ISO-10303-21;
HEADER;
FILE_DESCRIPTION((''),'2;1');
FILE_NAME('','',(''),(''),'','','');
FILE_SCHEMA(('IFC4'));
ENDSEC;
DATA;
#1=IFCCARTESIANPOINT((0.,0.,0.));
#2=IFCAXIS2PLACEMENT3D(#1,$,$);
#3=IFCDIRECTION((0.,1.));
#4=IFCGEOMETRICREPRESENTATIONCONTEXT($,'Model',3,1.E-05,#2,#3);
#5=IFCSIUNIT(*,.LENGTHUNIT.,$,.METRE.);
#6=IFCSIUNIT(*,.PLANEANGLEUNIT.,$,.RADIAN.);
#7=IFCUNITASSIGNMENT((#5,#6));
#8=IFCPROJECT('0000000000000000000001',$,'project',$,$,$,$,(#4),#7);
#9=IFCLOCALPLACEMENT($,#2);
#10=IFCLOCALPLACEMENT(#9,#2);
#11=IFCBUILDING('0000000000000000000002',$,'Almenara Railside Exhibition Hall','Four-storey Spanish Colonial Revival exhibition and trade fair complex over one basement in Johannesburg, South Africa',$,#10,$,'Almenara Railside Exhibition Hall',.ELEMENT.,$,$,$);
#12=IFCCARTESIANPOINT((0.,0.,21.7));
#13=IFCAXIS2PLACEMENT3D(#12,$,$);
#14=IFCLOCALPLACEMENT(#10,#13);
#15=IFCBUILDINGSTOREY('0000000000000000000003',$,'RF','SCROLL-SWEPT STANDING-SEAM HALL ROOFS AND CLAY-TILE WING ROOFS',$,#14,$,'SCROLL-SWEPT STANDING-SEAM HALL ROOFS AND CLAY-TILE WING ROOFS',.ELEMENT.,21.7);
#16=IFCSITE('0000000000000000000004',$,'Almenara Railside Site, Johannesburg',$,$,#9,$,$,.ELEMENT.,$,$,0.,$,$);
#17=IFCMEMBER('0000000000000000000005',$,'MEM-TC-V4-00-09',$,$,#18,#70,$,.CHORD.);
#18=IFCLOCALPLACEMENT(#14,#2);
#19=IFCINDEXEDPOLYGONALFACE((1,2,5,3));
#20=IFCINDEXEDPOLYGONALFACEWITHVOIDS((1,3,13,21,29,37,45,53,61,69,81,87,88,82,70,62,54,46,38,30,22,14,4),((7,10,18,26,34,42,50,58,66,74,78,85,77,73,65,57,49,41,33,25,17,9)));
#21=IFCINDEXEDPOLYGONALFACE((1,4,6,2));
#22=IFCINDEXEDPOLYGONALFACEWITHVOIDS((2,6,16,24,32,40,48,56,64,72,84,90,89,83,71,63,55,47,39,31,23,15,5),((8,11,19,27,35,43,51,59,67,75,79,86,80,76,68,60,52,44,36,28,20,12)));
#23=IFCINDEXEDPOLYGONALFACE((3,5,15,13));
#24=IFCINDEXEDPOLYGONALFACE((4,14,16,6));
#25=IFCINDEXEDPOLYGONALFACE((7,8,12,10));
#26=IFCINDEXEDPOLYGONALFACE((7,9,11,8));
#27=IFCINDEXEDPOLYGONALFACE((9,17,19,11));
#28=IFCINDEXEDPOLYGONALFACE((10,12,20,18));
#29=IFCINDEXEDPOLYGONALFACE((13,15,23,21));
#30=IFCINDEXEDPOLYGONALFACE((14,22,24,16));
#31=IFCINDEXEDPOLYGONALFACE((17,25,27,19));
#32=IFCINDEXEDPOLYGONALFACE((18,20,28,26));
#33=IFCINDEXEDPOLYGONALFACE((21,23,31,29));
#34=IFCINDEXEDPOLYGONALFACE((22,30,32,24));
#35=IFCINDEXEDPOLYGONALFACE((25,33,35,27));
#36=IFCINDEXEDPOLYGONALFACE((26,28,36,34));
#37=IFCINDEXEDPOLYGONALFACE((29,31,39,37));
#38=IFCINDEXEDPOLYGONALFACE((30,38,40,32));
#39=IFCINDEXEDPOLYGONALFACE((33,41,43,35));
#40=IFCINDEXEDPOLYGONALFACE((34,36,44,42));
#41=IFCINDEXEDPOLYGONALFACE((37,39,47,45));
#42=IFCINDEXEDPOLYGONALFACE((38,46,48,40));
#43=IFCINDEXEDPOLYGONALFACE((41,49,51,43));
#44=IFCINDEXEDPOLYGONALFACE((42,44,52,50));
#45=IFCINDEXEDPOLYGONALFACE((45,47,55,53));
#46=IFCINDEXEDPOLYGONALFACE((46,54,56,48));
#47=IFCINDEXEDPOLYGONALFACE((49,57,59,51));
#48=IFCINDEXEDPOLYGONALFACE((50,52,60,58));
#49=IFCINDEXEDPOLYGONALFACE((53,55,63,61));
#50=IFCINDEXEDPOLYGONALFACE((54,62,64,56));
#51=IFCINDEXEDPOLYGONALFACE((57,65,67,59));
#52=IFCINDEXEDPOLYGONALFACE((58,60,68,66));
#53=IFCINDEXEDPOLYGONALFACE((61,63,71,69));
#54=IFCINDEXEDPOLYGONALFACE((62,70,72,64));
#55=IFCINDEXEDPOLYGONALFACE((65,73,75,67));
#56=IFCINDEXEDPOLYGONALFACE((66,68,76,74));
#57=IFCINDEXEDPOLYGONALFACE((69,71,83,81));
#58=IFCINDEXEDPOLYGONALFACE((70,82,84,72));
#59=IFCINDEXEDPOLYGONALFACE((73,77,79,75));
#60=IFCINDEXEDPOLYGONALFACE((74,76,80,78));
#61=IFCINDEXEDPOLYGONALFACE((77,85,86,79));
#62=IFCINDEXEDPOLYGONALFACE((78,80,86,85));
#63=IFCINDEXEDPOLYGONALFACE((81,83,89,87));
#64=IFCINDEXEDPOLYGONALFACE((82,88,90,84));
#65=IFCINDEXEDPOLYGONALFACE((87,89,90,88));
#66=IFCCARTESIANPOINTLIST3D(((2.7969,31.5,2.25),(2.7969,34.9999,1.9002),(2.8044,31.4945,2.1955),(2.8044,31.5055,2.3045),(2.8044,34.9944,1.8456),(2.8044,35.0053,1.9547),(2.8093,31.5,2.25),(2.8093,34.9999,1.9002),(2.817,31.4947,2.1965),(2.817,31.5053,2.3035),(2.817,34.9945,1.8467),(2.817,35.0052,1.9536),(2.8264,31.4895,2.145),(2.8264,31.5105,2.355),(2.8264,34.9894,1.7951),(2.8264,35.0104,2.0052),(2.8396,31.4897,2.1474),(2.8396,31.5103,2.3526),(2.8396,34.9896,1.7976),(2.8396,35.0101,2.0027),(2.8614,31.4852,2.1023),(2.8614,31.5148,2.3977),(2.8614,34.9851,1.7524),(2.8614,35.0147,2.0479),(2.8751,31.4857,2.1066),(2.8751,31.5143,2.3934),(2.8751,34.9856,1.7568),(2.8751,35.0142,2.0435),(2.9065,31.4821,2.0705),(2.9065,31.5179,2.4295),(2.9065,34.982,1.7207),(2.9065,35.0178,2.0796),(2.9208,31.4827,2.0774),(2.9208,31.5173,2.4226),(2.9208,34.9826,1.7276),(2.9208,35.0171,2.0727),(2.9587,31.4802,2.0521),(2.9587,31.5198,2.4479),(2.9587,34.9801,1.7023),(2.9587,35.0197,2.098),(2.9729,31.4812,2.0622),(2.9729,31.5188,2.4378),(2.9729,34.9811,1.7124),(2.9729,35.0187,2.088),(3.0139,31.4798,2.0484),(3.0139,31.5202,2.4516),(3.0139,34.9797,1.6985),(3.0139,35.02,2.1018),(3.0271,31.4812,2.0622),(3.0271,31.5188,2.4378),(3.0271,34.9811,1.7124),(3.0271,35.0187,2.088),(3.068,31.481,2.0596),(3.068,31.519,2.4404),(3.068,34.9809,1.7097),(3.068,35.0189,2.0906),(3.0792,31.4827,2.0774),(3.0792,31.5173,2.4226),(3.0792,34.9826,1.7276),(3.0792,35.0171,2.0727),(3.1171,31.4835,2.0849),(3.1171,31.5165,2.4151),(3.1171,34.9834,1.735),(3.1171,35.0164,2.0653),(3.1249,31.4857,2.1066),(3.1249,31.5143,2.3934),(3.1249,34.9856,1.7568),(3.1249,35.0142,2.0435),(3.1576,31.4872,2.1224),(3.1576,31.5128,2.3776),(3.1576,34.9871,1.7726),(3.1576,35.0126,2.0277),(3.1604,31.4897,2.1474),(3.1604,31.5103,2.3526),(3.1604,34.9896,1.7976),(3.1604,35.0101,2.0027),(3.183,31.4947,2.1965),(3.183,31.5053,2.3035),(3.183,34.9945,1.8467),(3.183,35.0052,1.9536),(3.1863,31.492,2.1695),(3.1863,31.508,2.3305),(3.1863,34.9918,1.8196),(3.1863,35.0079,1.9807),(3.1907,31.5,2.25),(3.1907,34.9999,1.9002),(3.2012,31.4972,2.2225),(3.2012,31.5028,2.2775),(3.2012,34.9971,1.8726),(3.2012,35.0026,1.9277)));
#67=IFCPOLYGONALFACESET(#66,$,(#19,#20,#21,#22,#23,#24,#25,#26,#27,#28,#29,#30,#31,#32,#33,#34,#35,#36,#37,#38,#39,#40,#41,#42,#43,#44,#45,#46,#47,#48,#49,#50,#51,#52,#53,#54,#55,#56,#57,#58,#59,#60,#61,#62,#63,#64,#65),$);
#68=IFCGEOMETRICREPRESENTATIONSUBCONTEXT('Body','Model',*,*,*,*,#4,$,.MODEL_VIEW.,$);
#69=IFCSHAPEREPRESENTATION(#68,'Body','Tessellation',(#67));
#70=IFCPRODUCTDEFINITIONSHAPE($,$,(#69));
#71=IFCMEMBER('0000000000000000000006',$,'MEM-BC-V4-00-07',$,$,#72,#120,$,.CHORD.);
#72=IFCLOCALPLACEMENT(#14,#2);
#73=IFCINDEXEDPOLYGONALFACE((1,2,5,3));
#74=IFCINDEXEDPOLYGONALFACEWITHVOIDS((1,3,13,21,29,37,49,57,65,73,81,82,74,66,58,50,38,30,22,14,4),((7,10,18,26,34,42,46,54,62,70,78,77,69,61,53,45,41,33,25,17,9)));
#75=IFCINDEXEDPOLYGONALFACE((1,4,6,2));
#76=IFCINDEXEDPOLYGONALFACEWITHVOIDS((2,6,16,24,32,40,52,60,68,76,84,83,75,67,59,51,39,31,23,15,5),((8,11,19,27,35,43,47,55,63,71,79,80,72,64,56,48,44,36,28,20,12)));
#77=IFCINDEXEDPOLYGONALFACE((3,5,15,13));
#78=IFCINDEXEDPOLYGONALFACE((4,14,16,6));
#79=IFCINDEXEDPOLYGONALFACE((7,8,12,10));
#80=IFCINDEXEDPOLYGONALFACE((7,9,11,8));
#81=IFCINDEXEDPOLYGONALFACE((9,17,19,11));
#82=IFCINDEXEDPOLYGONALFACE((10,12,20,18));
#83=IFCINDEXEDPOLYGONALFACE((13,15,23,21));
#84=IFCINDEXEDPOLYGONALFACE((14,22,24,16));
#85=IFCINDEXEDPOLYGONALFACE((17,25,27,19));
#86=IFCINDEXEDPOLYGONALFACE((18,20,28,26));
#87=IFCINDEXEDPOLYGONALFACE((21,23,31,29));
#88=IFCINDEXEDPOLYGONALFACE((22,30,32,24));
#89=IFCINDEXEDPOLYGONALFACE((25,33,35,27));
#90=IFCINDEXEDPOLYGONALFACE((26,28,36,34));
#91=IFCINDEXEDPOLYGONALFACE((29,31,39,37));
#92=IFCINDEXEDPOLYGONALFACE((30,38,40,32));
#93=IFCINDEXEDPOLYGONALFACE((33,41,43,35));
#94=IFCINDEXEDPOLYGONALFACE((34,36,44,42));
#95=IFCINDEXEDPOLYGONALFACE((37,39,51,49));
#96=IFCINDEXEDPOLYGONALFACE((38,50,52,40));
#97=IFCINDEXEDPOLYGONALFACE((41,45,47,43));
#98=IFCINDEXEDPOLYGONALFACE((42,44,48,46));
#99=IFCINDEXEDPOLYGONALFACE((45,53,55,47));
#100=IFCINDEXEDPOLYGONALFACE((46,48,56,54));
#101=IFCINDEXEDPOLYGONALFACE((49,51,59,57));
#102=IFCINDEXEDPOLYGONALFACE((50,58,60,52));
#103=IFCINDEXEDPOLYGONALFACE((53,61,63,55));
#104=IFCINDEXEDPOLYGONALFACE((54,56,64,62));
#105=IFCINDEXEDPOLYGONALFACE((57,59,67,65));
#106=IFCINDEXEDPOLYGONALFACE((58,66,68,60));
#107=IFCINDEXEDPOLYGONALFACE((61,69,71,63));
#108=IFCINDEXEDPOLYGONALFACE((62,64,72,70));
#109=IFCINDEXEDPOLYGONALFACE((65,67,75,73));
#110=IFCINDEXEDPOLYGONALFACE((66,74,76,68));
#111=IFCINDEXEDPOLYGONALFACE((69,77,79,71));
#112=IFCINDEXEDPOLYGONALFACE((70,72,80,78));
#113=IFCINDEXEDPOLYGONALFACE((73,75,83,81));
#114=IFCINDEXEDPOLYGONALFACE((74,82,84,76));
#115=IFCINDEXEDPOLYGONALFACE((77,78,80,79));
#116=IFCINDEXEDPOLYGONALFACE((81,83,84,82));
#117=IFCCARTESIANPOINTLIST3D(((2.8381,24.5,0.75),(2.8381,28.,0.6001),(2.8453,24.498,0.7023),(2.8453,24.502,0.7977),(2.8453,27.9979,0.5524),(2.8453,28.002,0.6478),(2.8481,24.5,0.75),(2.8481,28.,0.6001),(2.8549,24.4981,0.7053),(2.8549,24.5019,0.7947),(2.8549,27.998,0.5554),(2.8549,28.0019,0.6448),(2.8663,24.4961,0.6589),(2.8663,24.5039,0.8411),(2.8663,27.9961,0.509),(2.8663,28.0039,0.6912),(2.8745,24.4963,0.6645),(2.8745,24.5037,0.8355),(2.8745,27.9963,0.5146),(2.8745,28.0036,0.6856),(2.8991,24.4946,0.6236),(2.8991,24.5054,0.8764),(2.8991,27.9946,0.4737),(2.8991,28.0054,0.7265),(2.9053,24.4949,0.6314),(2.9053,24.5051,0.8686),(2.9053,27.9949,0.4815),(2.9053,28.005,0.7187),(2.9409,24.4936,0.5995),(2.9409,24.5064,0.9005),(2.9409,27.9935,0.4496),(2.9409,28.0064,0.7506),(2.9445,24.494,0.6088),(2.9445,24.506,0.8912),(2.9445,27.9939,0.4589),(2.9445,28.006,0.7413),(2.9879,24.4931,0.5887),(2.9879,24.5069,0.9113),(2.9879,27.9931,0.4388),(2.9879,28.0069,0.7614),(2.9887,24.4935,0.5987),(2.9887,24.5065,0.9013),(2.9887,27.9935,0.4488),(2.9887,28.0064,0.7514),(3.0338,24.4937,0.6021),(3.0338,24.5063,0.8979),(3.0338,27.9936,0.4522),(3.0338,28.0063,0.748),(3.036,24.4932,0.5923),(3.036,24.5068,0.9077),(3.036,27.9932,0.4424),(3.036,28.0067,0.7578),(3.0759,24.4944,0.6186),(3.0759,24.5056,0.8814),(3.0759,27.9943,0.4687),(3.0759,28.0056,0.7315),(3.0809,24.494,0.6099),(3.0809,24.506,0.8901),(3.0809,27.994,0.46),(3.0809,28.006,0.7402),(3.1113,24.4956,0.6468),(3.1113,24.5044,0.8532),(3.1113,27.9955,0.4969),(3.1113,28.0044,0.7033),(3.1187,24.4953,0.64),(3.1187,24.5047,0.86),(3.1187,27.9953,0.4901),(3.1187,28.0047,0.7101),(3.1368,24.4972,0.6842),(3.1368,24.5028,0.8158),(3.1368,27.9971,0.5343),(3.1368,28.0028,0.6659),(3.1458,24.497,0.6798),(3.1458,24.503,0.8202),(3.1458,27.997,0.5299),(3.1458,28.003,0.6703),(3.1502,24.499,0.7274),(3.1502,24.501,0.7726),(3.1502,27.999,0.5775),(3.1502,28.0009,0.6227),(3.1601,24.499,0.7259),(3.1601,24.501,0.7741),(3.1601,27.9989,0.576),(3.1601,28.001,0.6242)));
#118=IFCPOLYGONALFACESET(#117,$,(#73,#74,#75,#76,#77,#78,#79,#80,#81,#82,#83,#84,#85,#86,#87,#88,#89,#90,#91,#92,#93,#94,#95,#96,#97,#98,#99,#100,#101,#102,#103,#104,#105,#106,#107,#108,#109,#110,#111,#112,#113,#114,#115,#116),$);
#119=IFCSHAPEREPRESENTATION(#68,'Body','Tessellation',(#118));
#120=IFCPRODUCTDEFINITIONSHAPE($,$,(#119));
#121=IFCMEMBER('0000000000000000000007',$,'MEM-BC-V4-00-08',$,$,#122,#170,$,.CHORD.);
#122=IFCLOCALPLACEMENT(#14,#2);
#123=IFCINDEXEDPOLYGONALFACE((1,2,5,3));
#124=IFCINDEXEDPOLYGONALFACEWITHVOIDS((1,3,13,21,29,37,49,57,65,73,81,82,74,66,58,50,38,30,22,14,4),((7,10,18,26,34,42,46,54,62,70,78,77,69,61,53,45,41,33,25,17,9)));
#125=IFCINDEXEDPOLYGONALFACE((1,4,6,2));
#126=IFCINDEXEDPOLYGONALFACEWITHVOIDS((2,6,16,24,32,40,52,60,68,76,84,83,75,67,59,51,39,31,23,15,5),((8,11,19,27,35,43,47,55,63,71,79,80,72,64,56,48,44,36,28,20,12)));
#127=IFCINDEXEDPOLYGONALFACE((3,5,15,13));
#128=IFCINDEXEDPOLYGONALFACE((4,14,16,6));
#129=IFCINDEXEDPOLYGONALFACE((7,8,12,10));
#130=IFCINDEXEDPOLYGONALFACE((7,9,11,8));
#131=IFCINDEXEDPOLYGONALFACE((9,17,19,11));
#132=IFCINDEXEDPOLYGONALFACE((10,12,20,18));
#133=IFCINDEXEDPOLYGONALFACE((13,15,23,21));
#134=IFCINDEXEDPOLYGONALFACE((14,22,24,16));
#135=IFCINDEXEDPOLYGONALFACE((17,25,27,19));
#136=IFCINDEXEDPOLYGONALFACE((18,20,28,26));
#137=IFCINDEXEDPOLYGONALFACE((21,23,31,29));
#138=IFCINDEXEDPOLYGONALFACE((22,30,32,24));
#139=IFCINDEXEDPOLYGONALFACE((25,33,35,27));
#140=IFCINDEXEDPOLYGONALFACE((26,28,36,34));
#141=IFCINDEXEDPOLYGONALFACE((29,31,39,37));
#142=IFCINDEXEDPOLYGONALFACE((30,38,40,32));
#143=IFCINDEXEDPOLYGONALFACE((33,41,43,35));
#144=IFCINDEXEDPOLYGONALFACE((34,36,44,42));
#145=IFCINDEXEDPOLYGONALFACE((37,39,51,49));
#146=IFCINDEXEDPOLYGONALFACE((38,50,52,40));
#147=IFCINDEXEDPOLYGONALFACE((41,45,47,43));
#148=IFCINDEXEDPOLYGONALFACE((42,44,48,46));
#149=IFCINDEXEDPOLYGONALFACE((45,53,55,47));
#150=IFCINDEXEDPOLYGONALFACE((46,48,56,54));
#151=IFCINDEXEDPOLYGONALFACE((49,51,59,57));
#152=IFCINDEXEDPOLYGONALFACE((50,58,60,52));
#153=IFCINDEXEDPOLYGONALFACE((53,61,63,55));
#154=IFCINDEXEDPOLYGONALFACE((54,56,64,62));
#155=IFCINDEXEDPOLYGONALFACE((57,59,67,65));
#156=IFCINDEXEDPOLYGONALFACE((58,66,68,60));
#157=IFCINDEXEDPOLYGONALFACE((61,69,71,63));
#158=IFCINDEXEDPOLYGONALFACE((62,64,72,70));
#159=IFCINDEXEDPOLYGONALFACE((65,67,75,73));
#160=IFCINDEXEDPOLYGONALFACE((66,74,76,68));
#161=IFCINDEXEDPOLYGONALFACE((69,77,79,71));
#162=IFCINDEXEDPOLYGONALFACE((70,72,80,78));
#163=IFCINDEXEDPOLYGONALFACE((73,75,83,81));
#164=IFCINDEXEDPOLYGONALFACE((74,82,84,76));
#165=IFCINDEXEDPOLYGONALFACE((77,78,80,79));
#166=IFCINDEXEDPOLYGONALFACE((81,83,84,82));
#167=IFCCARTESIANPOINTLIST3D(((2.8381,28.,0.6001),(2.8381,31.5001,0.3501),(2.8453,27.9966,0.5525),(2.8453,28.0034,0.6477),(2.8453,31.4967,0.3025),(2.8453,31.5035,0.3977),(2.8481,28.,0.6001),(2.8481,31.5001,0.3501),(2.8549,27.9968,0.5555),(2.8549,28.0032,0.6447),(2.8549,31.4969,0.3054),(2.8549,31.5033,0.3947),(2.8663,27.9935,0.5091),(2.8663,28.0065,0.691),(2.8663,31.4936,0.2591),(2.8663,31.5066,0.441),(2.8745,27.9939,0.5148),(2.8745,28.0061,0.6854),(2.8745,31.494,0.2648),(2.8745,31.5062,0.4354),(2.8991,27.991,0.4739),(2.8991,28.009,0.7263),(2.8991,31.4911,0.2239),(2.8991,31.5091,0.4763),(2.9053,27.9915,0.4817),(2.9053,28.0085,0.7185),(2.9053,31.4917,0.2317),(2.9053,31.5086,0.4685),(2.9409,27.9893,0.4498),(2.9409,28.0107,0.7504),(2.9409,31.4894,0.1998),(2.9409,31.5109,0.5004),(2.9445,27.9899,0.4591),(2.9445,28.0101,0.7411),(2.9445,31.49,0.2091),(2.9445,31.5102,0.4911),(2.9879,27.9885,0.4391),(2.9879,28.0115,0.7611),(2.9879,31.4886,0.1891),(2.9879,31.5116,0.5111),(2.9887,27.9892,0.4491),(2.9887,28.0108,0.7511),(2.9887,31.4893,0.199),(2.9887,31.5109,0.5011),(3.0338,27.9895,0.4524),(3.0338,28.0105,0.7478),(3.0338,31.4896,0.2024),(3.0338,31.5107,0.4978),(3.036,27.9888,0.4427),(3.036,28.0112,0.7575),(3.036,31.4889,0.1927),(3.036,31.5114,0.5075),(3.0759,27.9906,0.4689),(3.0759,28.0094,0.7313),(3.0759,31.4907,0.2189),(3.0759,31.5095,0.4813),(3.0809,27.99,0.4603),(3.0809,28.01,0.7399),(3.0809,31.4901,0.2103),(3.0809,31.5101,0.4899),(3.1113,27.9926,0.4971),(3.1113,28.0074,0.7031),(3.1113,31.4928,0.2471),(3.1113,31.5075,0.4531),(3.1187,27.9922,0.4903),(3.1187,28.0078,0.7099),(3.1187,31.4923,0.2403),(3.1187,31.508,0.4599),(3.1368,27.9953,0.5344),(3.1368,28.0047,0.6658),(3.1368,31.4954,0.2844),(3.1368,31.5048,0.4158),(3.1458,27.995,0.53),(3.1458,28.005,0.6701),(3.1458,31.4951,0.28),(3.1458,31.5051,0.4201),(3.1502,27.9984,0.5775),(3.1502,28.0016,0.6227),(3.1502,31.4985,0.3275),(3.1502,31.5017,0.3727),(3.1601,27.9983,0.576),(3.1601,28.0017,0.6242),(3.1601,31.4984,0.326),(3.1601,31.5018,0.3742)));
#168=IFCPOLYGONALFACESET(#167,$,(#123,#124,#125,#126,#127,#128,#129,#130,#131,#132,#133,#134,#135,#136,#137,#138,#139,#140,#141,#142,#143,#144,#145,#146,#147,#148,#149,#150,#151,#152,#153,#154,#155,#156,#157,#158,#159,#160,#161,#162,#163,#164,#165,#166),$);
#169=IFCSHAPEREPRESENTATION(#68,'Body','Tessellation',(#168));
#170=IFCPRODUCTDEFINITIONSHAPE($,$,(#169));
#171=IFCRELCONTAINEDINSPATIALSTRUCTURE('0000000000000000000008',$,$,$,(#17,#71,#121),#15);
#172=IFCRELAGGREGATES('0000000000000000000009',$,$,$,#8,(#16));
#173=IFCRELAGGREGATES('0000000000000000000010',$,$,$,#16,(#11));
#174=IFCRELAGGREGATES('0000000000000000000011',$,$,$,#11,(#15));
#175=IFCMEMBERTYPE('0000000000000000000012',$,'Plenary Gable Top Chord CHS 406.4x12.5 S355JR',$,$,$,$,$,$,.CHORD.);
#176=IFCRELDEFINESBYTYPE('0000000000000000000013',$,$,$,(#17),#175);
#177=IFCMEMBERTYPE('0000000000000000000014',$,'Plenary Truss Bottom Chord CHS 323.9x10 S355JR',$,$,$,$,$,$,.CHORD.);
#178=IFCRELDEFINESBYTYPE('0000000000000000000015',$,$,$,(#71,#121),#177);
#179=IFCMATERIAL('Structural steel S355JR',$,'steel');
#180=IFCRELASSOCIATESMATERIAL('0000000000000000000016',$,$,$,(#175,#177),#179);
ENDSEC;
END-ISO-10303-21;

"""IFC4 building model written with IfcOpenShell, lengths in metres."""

from ifc_helpers import new_model, si_unit, direction, frame, origin, origin_2d, place, context, subcontext, project, spatial, hollow_circle, extrude, material, material_profile, profile_set, type_object, element, save


model = new_model("IFC4")

# Units and contexts
model_context = context("Model", 3, precision=1e-05, world=origin(), true_north=direction((0.0, 1.0)))
body_context = subcontext(model_context, "Body", "Model", "MODEL_VIEW")
ifc_project = project(units=[si_unit("LENGTHUNIT", "METRE"), si_unit("PLANEANGLEUNIT", "RADIAN")], contexts=[model_context])

# Site, building, storey
site_placement = place(None, origin())
site = spatial("IfcSite", under=ifc_project, at=site_placement, Name="Almenara Railside Site, Johannesburg", CompositionType="ELEMENT", RefElevation=0.0)
building_placement = place(site_placement, origin())
building = spatial("IfcBuilding", under=site, at=building_placement, Name="Almenara Railside Exhibition Hall", Description="Four-storey Spanish Colonial Revival exhibition and trade fair complex over one basement in Johannesburg, South Africa", LongName="Almenara Railside Exhibition Hall", CompositionType="ELEMENT")
storey_placement = place(building_placement, frame((0.0, 0.0, 21.7)))
storey = spatial("IfcBuildingStorey", under=building, at=storey_placement, Name="RF", Description="SCROLL-SWEPT STANDING-SEAM HALL ROOFS AND CLAY-TILE WING ROOFS", LongName="SCROLL-SWEPT STANDING-SEAM HALL ROOFS AND CLAY-TILE WING ROOFS", CompositionType="ELEMENT", Elevation=21.7)

# Members
ifc_material_1 = material(Name="Structural steel S355JR", Category="steel")
ifc_material_profile_1 = material_profile(ifc_material_1, hollow_circle(Radius=0.2031, WallThickness=0.0125, at=origin_2d()), Name="CHS 406.4x12.5")
ifc_profile_set_1 = profile_set([ifc_material_profile_1], Name="Structural steel S355JR")
member_type_1 = type_object("IfcMemberType", Name="Plenary Gable Top Chord CHS 406.4x12.5 S355JR", PredefinedType="CHORD", material=ifc_profile_set_1)
member_1_placement = place(storey_placement, frame((3.0, 31.5, 2.25), z_axis=(0.0, 0.995041, -0.099462), x_axis=(-1.0, 0.0, 0.0)))
element("IfcMember", 1, at=member_1_placement, inside=storey, type_object=member_type_1, Name="MEM-TC-V4-00-09", PredefinedType="CHORD", context=body_context, shape_type="SweptSolid", body=[
    extrude(hollow_circle(Radius=0.2031, WallThickness=0.0125, at=origin_2d()), origin(), (0.0, 0.0, 1.0), 3.5173),
])
ifc_material_profile_2 = material_profile(ifc_material_1, hollow_circle(Radius=0.1619, WallThickness=0.01, at=origin_2d()), Name="CHS 323.9x10")
ifc_profile_set_2 = profile_set([ifc_material_profile_2], Name="Structural steel S355JR")
member_type_2 = type_object("IfcMemberType", Name="Plenary Truss Bottom Chord CHS 323.9x10 S355JR", PredefinedType="CHORD", material=ifc_profile_set_2)
member_2_placement = place(storey_placement, frame((3.0, 24.5, 0.75), z_axis=(0.0, 0.999084, -0.04279), x_axis=(-1.0, 0.0, 0.0)))
element("IfcMember", 2, at=member_2_placement, inside=storey, type_object=member_type_2, Name="MEM-BC-V4-00-07", PredefinedType="CHORD", context=body_context, shape_type="SweptSolid", body=[
    extrude(hollow_circle(Radius=0.1619, WallThickness=0.01, at=origin_2d()), origin(), (0.0, 0.0, 1.0), 3.5032),
])
member_3_placement = place(storey_placement, frame((3.0, 28.0, 0.6001), z_axis=(0.0, 0.997459, -0.071247), x_axis=(-1.0, 0.0, 0.0)))
element("IfcMember", 3, at=member_3_placement, inside=storey, type_object=member_type_2, Name="MEM-BC-V4-00-08", PredefinedType="CHORD", context=body_context, shape_type="SweptSolid", body=[
    extrude(hollow_circle(Radius=0.1619, WallThickness=0.01, at=origin_2d()), origin(), (0.0, 0.0, 1.0), 3.509),
])

save(model, "model.ifc")
